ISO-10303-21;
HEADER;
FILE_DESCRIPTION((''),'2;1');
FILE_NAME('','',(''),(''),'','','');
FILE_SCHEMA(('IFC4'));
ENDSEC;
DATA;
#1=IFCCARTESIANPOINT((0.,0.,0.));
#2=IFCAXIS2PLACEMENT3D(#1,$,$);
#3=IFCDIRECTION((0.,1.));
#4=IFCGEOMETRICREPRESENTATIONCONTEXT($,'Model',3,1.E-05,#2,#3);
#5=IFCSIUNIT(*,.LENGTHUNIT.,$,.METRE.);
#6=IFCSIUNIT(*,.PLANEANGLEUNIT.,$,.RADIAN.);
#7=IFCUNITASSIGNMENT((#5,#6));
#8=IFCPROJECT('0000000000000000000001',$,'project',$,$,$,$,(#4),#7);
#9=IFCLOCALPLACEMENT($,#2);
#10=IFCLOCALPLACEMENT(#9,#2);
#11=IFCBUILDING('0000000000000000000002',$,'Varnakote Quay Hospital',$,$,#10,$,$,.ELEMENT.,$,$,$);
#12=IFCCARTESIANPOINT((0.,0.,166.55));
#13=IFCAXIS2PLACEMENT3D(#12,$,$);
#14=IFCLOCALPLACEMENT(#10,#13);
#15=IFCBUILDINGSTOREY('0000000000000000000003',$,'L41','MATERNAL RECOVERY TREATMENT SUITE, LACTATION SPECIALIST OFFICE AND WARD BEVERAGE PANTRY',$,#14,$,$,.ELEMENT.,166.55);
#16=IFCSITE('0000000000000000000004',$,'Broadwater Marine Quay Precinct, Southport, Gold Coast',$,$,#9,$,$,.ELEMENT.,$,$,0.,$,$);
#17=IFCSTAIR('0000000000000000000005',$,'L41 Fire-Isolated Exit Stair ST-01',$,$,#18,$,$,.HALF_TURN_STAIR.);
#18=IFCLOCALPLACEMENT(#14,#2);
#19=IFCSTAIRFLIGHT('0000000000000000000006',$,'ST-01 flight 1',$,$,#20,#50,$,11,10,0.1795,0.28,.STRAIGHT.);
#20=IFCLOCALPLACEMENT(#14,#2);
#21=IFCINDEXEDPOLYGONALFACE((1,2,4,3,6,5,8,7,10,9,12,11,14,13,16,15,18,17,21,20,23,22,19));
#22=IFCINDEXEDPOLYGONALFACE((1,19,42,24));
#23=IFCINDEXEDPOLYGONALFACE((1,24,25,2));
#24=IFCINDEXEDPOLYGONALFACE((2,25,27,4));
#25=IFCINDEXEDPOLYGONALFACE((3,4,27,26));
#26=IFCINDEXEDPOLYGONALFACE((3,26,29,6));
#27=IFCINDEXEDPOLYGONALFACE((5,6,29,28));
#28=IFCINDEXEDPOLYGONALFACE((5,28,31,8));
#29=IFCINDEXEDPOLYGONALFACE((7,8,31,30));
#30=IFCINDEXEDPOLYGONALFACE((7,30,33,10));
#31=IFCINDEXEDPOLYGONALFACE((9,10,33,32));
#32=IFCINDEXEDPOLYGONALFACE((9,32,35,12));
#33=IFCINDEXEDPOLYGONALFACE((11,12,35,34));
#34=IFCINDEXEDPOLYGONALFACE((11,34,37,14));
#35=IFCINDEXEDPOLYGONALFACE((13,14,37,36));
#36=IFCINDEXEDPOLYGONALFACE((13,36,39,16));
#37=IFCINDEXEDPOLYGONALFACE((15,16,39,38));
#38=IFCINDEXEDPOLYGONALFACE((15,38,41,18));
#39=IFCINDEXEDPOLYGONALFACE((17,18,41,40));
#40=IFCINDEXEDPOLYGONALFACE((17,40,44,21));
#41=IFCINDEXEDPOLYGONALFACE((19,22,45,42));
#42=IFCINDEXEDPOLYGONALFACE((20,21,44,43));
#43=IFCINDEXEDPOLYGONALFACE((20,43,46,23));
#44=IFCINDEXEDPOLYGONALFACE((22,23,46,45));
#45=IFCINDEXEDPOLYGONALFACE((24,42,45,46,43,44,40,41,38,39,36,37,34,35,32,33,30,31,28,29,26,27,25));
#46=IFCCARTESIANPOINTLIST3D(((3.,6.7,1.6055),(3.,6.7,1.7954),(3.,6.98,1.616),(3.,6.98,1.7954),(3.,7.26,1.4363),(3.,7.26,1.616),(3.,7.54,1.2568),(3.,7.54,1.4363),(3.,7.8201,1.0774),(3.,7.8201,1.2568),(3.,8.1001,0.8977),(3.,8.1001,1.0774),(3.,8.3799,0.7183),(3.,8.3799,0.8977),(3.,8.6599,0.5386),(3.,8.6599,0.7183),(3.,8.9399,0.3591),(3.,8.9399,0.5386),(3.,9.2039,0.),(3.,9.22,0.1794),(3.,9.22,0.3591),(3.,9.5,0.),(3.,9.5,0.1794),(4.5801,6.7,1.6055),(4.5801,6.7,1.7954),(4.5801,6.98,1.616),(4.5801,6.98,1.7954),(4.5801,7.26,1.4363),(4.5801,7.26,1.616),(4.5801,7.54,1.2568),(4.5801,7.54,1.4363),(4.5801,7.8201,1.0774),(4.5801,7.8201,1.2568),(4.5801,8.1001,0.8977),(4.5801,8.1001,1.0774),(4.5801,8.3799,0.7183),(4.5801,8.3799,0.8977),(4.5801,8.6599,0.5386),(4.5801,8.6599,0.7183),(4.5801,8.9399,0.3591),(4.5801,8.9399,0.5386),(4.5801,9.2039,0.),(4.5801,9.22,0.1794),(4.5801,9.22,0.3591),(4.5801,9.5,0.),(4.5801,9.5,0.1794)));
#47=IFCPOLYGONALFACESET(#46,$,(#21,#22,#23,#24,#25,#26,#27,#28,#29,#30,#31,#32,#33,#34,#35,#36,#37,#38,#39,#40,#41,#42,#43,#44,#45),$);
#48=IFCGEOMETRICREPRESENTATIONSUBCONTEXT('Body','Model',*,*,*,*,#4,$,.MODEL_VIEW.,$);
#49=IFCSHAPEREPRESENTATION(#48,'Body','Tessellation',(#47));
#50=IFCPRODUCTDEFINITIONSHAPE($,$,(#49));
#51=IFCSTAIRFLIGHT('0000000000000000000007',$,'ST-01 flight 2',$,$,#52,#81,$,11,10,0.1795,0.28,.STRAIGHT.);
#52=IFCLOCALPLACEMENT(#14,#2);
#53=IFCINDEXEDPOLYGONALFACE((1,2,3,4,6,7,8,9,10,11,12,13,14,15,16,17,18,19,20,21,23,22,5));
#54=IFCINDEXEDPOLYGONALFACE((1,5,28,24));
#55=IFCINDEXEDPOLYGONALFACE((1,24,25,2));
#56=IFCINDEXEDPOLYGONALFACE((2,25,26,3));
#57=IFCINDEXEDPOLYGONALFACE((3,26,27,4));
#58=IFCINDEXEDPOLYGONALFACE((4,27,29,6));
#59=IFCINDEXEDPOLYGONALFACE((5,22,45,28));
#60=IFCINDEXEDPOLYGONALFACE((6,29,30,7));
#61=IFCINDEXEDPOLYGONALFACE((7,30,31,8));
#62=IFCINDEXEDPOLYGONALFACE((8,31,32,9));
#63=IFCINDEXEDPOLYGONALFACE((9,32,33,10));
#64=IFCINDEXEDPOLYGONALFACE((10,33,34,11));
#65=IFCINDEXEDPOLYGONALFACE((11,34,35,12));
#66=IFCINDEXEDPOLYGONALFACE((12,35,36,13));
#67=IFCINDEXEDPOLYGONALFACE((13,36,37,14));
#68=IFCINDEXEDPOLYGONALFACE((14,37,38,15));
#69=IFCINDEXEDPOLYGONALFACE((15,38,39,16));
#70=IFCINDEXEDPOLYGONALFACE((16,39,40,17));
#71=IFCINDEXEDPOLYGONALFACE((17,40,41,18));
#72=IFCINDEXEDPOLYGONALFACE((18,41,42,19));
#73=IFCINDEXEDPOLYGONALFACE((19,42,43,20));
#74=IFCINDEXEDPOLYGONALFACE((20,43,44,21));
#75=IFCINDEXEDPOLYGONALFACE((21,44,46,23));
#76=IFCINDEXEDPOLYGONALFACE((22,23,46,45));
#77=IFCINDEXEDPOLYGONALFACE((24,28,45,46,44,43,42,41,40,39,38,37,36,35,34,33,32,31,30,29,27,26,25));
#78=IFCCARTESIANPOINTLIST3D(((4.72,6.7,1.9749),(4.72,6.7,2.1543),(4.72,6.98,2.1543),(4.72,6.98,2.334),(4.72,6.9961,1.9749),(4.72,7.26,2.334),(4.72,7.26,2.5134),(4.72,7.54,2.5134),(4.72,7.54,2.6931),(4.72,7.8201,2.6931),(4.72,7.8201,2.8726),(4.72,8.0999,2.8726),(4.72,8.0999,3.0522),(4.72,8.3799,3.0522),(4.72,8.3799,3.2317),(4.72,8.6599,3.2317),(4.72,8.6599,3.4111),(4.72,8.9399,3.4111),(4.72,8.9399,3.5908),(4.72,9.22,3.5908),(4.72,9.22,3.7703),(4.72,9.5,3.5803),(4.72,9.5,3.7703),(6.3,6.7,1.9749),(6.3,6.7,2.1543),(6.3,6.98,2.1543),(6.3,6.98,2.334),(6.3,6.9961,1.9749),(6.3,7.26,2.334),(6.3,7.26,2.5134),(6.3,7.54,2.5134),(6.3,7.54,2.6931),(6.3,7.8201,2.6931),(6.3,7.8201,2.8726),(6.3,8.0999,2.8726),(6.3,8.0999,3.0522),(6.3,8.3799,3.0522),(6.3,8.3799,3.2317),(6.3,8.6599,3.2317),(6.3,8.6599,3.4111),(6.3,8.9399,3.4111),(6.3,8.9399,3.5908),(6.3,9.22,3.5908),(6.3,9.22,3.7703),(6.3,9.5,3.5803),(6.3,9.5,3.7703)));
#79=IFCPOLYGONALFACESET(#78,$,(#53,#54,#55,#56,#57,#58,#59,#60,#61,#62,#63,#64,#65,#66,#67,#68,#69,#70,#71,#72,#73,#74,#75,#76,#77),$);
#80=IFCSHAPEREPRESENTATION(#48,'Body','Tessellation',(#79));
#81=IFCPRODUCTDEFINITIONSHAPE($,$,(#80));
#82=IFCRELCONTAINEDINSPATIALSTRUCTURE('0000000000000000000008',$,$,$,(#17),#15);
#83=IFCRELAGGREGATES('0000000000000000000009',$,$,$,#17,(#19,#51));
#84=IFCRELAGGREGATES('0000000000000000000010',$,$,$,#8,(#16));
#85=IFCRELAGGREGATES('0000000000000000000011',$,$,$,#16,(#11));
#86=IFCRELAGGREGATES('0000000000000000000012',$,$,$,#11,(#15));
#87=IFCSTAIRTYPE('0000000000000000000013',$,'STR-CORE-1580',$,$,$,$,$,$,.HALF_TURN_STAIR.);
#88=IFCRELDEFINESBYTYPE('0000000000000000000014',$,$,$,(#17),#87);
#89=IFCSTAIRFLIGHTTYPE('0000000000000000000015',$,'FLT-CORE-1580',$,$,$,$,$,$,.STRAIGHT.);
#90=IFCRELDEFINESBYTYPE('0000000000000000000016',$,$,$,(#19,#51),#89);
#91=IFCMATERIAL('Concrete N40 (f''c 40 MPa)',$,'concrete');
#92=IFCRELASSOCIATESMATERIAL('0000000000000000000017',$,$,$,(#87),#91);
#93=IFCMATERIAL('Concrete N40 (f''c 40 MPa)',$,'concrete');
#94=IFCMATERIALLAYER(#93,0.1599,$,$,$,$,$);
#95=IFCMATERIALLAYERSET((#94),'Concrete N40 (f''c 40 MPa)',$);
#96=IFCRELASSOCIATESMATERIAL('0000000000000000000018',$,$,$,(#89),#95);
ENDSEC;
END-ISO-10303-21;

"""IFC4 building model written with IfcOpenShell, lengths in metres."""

from ifc_helpers import new_model, si_unit, direction, frame, origin, place, context, subcontext, project, spatial, polyline, outline, extrude, material, layer, layer_set, type_object, element, aggregate, save


model = new_model("IFC4")

# Units and contexts
model_context = context("Model", 3, precision=1e-05, world=origin(), true_north=direction((0.0, 1.0)))
body_context = subcontext(model_context, "Body", "Model", "MODEL_VIEW")
ifc_project = project(units=[si_unit("LENGTHUNIT", "METRE"), si_unit("PLANEANGLEUNIT", "RADIAN")], contexts=[model_context])

# Site, building, storey
site_placement = place(None, origin())
site = spatial("IfcSite", under=ifc_project, at=site_placement, Name="Broadwater Marine Quay Precinct, Southport, Gold Coast", CompositionType="ELEMENT", RefElevation=0.0)
building_placement = place(site_placement, origin())
building = spatial("IfcBuilding", under=site, at=building_placement, Name="Varnakote Quay Hospital", CompositionType="ELEMENT")
storey_placement = place(building_placement, frame((0.0, 0.0, 166.55)))
storey = spatial("IfcBuildingStorey", under=building, at=storey_placement, Name="L41", Description="MATERNAL RECOVERY TREATMENT SUITE, LACTATION SPECIALIST OFFICE AND WARD BEVERAGE PANTRY", CompositionType="ELEMENT", Elevation=166.55)

# Stair, stair flights
ifc_material_1 = material(Name="Concrete N40 (f'c 40 MPa)", Category="concrete")
stair_type = type_object("IfcStairType", Name="STR-CORE-1580", PredefinedType="HALF_TURN_STAIR", material=ifc_material_1)
stair_placement = place(storey_placement, origin())
stair = element("IfcStair", 1, at=stair_placement, inside=storey, type_object=stair_type, Name="L41 Fire-Isolated Exit Stair ST-01", PredefinedType="HALF_TURN_STAIR")
ifc_material_2 = material(Name="Concrete N40 (f'c 40 MPa)", Category="concrete")
ifc_layer_1 = layer(ifc_material_2, 0.1599)
ifc_layer_set_1 = layer_set([ifc_layer_1], Name="Concrete N40 (f'c 40 MPa)")
stair_flight_type = type_object("IfcStairFlightType", Name="FLT-CORE-1580", PredefinedType="STRAIGHT", material=ifc_layer_set_1)
stair_flight_1_placement = place(storey_placement, frame((3.79, 9.5, 0.0), z_axis=(0.0, 0.0, 1.0), x_axis=(0.0, -1.0, 0.0)))
stair_flight_1 = element("IfcStairFlight", 2, at=stair_flight_1_placement, type_object=stair_flight_type, Name="ST-01 flight 1", NumberOfRisers=11, NumberOfTreads=10, PredefinedType="STRAIGHT", RiserHeight=0.1795, TreadLength=0.28, context=body_context, shape_type="SweptSolid", body=[
    extrude(outline(polyline([(0.0, 0.0), (0.0, 0.1794), (0.28, 0.1794), (0.28, 0.3591), (0.5601, 0.3591), (0.5601, 0.5386), (0.8401, 0.5386), (0.8401, 0.7183), (1.1201, 0.7183), (1.1201, 0.8977), (1.3999, 0.8977), (1.3999, 1.0774), (1.6799, 1.0774), (1.6799, 1.2568), (1.96, 1.2568), (1.96, 1.4363), (2.24, 1.4363), (2.24, 1.616), (2.52, 1.616), (2.52, 1.7954), (2.8, 1.7954), (2.8, 1.9751), (2.8, 1.6055), (0.2961, 0.0), (0.0, 0.0)])), frame((0.0, 0.79, 0.0), z_axis=(0.0, -1.0, 0.0), x_axis=(1.0, 0.0, 0.0)), (0.0, 0.0, 1.0), 1.5801),
])
stair_flight_2_placement = place(storey_placement, frame((5.51, 6.7, 1.9749), z_axis=(0.0, 0.0, 1.0), x_axis=(0.0, 1.0, 0.0)))
stair_flight_2 = element("IfcStairFlight", 3, at=stair_flight_2_placement, type_object=stair_flight_type, Name="ST-01 flight 2", NumberOfRisers=11, NumberOfTreads=10, PredefinedType="STRAIGHT", RiserHeight=0.1795, TreadLength=0.28, context=body_context, shape_type="SweptSolid", body=[
    extrude(outline(polyline([(0.0, 0.0), (0.0, 0.1794), (0.28, 0.1794), (0.28, 0.3591), (0.5601, 0.3591), (0.5601, 0.5386), (0.8401, 0.5386), (0.8401, 0.7183), (1.1201, 0.7183), (1.1201, 0.8977), (1.3999, 0.8977), (1.3999, 1.0774), (1.6799, 1.0774), (1.6799, 1.2568), (1.96, 1.2568), (1.96, 1.4363), (2.24, 1.4363), (2.24, 1.616), (2.52, 1.616), (2.52, 1.7954), (2.8, 1.7954), (2.8, 1.9751), (2.8, 1.6055), (0.2961, 0.0), (0.0, 0.0)])), frame((0.0, 0.79, 0.0), z_axis=(0.0, -1.0, 0.0), x_axis=(1.0, 0.0, 0.0)), (0.0, 0.0, 1.0), 1.5801),
])
aggregate(stair, [stair_flight_1, stair_flight_2])

save(model, "model.ifc")
